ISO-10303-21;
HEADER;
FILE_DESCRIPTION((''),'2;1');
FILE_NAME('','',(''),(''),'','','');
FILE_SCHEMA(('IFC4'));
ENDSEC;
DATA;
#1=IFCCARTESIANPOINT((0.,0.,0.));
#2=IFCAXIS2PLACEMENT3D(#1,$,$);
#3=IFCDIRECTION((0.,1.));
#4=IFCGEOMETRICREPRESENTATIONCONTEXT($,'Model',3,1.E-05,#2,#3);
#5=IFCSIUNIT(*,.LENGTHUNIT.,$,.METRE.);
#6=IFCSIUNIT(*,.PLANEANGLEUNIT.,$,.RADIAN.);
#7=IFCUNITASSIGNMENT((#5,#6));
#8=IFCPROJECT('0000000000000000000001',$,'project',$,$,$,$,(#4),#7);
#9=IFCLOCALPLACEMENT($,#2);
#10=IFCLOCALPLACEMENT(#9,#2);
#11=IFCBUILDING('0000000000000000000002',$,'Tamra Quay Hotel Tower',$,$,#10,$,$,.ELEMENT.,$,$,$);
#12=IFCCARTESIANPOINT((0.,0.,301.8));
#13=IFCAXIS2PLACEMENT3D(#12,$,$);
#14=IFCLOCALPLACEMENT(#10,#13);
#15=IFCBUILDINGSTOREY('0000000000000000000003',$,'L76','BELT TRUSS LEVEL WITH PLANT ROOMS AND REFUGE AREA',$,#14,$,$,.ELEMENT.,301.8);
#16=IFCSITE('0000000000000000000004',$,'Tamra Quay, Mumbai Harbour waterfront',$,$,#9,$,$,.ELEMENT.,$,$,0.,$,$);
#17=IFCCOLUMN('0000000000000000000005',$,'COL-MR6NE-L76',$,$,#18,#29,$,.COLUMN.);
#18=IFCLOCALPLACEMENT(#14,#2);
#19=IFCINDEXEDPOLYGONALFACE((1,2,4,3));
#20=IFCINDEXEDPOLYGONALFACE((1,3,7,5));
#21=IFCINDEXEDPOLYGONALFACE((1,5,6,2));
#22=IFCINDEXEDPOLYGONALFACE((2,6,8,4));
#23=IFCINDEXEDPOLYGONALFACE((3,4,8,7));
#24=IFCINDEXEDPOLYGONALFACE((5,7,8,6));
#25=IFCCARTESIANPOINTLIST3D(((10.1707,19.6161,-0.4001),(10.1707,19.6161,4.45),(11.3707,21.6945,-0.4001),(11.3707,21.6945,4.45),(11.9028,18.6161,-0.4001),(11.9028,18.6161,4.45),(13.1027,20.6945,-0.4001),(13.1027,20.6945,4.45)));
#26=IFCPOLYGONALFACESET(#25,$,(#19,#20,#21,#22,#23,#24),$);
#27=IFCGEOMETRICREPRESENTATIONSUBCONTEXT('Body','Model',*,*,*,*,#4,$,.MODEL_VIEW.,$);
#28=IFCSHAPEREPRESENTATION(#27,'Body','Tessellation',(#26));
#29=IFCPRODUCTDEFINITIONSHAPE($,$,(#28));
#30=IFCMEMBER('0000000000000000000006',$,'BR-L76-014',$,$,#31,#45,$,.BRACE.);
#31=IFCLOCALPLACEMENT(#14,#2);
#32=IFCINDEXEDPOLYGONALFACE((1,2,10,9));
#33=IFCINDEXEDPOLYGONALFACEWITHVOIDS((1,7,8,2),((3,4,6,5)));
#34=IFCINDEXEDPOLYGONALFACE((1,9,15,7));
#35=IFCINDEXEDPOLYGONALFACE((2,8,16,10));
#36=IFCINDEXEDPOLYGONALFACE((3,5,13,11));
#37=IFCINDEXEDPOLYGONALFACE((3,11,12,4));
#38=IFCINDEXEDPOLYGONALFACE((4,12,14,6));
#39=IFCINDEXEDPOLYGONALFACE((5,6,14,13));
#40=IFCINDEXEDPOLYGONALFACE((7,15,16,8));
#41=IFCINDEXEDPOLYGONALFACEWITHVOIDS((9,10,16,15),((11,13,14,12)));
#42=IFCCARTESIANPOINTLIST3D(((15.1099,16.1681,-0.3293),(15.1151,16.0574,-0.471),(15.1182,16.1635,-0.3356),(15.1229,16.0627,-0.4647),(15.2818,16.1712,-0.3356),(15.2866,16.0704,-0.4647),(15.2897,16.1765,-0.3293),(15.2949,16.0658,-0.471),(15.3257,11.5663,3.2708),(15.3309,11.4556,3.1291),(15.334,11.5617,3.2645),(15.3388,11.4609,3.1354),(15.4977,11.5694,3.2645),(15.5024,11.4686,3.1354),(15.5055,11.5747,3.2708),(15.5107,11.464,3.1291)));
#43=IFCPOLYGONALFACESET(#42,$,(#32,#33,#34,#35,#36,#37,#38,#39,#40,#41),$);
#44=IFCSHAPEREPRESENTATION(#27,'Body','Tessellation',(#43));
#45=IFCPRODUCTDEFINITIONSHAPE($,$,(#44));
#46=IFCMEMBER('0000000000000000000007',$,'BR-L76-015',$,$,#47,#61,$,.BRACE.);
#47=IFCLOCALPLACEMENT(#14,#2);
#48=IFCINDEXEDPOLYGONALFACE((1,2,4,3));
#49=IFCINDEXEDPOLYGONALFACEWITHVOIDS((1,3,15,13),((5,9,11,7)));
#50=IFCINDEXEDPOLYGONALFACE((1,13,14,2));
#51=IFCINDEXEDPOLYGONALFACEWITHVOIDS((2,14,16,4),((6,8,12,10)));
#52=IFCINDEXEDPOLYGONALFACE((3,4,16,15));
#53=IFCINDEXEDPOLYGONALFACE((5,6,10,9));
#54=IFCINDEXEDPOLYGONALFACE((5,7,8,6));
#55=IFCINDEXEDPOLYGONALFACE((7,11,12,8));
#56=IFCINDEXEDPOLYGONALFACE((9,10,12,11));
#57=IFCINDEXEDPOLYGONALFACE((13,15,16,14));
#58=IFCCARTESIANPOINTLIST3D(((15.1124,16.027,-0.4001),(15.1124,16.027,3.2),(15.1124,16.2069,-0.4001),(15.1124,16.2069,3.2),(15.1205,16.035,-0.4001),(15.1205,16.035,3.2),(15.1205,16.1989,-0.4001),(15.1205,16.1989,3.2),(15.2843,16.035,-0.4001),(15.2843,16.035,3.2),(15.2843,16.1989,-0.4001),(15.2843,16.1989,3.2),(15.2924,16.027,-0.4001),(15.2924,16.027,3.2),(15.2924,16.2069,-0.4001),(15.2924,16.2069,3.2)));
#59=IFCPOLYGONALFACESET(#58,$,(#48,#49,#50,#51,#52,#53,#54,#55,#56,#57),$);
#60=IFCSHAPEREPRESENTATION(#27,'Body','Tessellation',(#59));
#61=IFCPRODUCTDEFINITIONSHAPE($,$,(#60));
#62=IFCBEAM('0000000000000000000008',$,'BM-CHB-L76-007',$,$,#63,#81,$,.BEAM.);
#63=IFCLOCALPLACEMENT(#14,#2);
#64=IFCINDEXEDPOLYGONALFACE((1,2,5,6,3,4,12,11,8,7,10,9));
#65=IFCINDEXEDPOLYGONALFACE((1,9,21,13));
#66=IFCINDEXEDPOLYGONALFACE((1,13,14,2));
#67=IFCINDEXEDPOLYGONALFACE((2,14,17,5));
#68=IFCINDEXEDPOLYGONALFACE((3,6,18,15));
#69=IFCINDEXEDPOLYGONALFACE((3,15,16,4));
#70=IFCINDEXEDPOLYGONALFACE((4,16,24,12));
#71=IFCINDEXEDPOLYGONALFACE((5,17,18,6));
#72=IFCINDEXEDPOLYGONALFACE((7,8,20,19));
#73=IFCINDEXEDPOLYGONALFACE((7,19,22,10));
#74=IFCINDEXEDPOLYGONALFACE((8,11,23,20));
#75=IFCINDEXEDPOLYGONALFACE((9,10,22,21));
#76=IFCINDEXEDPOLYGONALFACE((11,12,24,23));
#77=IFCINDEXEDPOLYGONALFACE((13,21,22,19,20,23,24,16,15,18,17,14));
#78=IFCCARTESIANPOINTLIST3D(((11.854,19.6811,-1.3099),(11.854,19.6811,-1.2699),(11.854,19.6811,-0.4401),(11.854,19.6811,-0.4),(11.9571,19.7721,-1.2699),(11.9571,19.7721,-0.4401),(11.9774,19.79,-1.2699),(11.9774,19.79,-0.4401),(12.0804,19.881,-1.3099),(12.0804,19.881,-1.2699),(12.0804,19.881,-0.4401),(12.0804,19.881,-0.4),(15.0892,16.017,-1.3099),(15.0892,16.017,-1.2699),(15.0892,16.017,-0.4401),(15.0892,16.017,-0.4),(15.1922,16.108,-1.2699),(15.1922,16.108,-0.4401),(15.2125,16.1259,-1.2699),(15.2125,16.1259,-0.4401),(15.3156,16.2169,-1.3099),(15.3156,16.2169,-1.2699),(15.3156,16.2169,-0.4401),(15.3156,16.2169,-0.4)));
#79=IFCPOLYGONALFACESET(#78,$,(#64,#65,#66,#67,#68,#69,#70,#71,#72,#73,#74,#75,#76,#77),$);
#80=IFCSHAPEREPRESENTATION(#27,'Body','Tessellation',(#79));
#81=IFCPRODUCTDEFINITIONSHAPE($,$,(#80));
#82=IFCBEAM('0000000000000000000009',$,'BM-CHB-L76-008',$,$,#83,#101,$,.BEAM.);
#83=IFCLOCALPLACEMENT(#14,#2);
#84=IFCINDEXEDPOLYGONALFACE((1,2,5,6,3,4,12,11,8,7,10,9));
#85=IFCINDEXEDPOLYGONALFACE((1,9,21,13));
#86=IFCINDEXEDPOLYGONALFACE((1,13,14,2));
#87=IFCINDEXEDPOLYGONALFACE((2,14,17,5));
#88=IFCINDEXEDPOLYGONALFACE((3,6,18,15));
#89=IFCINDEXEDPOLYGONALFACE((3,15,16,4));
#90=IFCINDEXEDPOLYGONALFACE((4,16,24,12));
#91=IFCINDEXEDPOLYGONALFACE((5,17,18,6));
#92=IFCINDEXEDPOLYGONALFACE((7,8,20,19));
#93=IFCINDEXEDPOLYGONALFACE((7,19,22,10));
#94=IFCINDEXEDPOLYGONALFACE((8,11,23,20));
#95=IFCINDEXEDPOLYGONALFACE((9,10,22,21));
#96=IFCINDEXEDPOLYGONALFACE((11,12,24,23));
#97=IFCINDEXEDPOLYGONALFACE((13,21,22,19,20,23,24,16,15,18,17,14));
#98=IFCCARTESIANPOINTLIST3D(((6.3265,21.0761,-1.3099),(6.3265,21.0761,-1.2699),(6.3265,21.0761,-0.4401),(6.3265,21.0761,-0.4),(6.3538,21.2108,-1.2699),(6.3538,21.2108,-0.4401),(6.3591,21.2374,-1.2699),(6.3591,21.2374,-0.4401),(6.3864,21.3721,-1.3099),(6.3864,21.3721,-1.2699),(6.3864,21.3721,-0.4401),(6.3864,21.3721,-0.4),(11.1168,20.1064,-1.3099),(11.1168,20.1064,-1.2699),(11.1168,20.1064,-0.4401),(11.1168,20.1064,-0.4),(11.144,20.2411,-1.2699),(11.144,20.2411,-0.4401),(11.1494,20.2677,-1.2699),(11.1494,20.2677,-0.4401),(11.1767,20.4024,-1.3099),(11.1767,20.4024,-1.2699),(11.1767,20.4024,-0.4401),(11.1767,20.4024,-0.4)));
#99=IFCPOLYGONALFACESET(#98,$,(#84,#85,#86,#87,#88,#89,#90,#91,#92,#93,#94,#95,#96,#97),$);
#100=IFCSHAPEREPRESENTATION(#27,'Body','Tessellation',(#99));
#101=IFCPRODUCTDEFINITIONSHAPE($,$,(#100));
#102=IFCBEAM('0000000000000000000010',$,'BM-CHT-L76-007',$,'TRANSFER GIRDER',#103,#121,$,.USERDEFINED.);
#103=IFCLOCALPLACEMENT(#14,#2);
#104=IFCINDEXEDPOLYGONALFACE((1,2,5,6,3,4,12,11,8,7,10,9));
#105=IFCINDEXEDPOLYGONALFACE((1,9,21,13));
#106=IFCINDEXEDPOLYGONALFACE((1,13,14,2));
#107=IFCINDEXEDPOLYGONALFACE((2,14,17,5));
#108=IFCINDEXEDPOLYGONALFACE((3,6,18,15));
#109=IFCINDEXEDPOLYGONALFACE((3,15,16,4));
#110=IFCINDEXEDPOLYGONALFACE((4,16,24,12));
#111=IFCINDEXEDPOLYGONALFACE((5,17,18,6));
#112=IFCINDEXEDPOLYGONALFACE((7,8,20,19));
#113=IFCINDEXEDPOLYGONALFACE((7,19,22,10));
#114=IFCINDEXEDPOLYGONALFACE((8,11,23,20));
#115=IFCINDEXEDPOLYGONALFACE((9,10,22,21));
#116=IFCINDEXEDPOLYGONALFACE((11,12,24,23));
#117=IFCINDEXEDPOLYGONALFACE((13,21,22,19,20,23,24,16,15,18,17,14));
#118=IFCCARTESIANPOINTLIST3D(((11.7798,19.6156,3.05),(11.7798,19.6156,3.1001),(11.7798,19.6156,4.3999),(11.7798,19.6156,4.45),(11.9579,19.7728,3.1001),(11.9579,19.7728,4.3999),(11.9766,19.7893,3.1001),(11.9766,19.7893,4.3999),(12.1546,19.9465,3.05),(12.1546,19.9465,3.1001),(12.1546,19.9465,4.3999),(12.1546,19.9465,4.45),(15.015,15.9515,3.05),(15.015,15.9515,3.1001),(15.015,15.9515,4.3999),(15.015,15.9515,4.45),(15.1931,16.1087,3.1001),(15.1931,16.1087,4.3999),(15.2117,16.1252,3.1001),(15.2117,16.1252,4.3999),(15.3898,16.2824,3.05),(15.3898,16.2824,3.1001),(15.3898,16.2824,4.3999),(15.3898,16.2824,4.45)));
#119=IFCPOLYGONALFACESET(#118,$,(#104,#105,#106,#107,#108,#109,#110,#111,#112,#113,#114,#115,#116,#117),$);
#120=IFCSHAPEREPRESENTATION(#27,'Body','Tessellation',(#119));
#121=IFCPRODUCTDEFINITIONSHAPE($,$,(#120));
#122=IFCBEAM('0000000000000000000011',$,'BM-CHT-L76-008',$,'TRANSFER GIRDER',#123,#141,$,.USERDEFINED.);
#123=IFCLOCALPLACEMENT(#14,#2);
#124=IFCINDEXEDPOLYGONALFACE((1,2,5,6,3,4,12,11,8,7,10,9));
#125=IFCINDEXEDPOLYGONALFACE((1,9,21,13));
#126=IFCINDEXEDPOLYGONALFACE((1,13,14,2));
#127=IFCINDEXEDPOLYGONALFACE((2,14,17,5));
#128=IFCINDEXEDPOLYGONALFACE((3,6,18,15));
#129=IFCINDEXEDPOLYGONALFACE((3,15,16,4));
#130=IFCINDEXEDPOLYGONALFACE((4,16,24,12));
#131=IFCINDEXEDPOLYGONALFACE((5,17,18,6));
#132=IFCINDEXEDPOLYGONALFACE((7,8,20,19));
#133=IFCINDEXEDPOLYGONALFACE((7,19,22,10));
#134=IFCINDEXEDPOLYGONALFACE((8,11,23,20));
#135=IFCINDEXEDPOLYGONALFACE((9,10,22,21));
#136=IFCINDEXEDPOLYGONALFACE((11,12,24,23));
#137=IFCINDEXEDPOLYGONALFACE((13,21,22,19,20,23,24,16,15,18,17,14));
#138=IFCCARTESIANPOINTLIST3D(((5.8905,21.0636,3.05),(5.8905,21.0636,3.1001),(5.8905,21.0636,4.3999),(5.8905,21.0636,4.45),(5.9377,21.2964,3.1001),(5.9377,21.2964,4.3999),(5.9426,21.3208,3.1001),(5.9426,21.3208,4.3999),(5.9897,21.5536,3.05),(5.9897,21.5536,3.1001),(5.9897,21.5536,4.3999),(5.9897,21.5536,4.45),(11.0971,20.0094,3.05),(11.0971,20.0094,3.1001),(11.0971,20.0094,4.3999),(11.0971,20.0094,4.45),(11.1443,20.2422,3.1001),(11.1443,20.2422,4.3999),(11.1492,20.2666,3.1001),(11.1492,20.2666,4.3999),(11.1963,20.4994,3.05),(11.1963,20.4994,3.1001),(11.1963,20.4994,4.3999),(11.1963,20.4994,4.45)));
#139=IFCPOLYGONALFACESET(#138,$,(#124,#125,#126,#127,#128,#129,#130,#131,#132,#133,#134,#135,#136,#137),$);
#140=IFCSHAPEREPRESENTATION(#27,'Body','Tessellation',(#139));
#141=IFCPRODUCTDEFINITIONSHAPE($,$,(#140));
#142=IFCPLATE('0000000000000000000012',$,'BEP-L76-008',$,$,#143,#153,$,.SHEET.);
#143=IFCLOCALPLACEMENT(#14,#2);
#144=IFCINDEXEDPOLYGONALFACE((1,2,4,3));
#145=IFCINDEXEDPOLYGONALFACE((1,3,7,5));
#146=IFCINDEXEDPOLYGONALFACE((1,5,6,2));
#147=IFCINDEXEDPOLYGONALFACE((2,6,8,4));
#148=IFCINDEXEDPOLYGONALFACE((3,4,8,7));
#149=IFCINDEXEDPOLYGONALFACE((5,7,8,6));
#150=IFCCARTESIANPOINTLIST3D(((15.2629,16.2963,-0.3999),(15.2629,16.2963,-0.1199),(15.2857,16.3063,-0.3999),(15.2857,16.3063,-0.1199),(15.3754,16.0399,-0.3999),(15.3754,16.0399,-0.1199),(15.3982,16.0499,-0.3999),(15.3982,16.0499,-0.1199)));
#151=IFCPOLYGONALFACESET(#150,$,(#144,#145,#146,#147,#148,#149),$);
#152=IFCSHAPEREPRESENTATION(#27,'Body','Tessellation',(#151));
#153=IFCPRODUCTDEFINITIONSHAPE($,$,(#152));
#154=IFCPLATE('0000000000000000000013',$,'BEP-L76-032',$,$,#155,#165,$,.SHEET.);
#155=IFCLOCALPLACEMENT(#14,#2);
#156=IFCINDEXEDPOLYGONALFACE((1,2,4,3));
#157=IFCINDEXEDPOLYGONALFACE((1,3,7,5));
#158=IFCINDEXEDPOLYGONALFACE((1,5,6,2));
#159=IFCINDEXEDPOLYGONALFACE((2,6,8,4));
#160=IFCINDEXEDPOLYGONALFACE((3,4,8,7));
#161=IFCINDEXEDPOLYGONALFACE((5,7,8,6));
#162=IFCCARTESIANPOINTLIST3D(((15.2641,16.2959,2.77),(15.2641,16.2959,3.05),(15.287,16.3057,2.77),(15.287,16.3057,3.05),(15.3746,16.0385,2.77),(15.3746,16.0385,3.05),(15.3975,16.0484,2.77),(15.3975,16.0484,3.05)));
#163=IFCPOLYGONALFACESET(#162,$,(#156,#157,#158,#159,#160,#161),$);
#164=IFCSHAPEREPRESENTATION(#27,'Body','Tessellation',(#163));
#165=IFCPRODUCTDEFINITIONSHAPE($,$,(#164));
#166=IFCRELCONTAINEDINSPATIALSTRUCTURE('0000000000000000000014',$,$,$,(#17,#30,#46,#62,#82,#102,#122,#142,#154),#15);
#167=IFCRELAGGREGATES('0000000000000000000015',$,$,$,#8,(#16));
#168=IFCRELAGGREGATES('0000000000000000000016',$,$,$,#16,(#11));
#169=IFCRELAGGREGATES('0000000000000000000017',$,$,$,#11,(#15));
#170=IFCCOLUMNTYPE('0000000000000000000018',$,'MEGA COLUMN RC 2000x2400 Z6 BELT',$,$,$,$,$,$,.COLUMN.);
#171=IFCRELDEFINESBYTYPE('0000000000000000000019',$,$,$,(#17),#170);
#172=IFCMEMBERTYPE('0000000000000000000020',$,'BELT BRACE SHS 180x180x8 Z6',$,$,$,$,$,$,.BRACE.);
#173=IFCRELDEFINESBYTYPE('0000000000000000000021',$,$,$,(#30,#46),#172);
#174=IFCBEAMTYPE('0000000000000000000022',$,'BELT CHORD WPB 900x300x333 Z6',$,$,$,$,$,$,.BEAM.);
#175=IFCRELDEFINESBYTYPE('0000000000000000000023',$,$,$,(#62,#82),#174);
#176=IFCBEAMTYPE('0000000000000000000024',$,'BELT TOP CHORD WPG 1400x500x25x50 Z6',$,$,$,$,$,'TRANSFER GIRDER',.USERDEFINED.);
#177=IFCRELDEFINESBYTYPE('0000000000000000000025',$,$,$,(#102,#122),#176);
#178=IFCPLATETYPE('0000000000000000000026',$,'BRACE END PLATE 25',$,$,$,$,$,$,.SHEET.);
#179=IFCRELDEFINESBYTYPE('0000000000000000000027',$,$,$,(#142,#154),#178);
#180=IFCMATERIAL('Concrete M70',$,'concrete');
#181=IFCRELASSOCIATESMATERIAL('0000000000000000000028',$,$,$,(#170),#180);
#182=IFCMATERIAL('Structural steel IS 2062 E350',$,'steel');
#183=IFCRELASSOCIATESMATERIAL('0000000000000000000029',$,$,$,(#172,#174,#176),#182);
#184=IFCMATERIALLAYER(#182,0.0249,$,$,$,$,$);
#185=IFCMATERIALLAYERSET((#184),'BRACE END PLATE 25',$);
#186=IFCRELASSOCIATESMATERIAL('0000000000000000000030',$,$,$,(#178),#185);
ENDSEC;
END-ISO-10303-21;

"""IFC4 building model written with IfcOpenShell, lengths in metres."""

from ifc_helpers import new_model, si_unit, direction, frame, origin, origin_2d, place, context, subcontext, project, spatial, rectangle, hollow_rectangle, i_section, extrude, material, layer, layer_set, material_profile, profile_set, type_object, element, save


model = new_model("IFC4")

# Units and contexts
model_context = context("Model", 3, precision=1e-05, world=origin(), true_north=direction((0.0, 1.0)))
body_context = subcontext(model_context, "Body", "Model", "MODEL_VIEW")
ifc_project = project(units=[si_unit("LENGTHUNIT", "METRE"), si_unit("PLANEANGLEUNIT", "RADIAN")], contexts=[model_context])

# Site, building, storey
site_placement = place(None, origin())
site = spatial("IfcSite", under=ifc_project, at=site_placement, Name="Tamra Quay, Mumbai Harbour waterfront", CompositionType="ELEMENT", RefElevation=0.0)
building_placement = place(site_placement, origin())
building = spatial("IfcBuilding", under=site, at=building_placement, Name="Tamra Quay Hotel Tower", CompositionType="ELEMENT")
storey_placement = place(building_placement, frame((0.0, 0.0, 301.8)))
storey = spatial("IfcBuildingStorey", under=building, at=storey_placement, Name="L76", Description="BELT TRUSS LEVEL WITH PLANT ROOMS AND REFUGE AREA", CompositionType="ELEMENT", Elevation=301.8)

# Column
ifc_material_1 = material(Name="Concrete M70", Category="concrete")
ifc_material_profile_1 = material_profile(ifc_material_1, rectangle(XDim=2.3999, YDim=2.0, at=origin_2d()), Name="MEGA COLUMN RC 2000x2400 Z6 BELT")
ifc_profile_set_1 = profile_set([ifc_material_profile_1], Name="Concrete M70")
column_type = type_object("IfcColumnType", Name="MEGA COLUMN RC 2000x2400 Z6 BELT", PredefinedType="COLUMN", material=ifc_profile_set_1)
column_placement = place(storey_placement, frame((11.6367, 20.1553, -0.4001), z_axis=(0.0, 0.0, 1.0), x_axis=(0.5, 0.866025, 0.0)))
element("IfcColumn", 1, at=column_placement, inside=storey, type_object=column_type, Name="COL-MR6NE-L76", PredefinedType="COLUMN", context=body_context, shape_type="SweptSolid", body=[
    extrude(rectangle(XDim=2.3999, YDim=2.0, at=origin_2d()), origin(), (0.0, 0.0, 1.0), 4.8501),
])

# Members
ifc_material_2 = material(Name="Structural steel IS 2062 E350", Category="steel")
ifc_material_profile_2 = material_profile(ifc_material_2, hollow_rectangle(XDim=0.1799, YDim=0.1799, WallThickness=0.0081, at=origin_2d()), Name="SHS 180x180x8")
ifc_profile_set_2 = profile_set([ifc_material_profile_2], Name="Structural steel IS 2062 E350")
member_type = type_object("IfcMemberType", Name="BELT BRACE SHS 180x180x8 Z6", PredefinedType="BRACE", material=ifc_profile_set_2)
member_1_placement = place(storey_placement, frame((15.2024, 16.1169, -0.4001), z_axis=(0.036913, -0.787078, 0.615749), x_axis=(0.998902, 0.046848, 0.0)))
element("IfcMember", 2, at=member_1_placement, inside=storey, type_object=member_type, Name="BR-L76-014", PredefinedType="BRACE", context=body_context, shape_type="SweptSolid", body=[
    extrude(hollow_rectangle(XDim=0.1799, YDim=0.1799, WallThickness=0.0081, at=origin_2d()), origin(), (0.0, 0.0, 1.0), 5.8467),
])
member_2_placement = place(storey_placement, frame((15.2024, 16.1169, -0.4001), z_axis=(0.0, 0.0, 1.0), x_axis=(1.0, 0.0, 0.0)))
element("IfcMember", 3, at=member_2_placement, inside=storey, type_object=member_type, Name="BR-L76-015", PredefinedType="BRACE", context=body_context, shape_type="SweptSolid", body=[
    extrude(hollow_rectangle(XDim=0.1799, YDim=0.1799, WallThickness=0.0081, at=origin_2d()), origin(), (0.0, 0.0, 1.0), 3.6001),
])

# Beams
ifc_material_profile_3 = material_profile(ifc_material_2, i_section(OverallWidth=0.302, OverallDepth=0.9099, WebThickness=0.0271, FlangeThickness=0.04, at=origin_2d()), Name="WPB 900x300x333")
ifc_profile_set_3 = profile_set([ifc_material_profile_3], Name="Structural steel IS 2062 E350")
beam_type_1 = type_object("IfcBeamType", Name="BELT CHORD WPB 900x300x333 Z6", PredefinedType="BEAM", material=ifc_profile_set_3)
beam_1_placement = place(storey_placement, frame((15.2024, 16.1169, -0.855), z_axis=(-0.661864, 0.749624, 0.0), x_axis=(-0.749624, -0.661864, 0.0)))
element("IfcBeam", 4, at=beam_1_placement, inside=storey, type_object=beam_type_1, Name="BM-CHB-L76-007", PredefinedType="BEAM", context=body_context, shape_type="SweptSolid", body=[
    extrude(i_section(OverallWidth=0.302, OverallDepth=0.9099, WebThickness=0.0271, FlangeThickness=0.04, at=origin_2d()), origin(), (0.0, 0.0, 1.0), 4.8879),
])
beam_2_placement = place(storey_placement, frame((11.1467, 20.2544, -0.855), z_axis=(-0.980119, 0.198411, 0.0), x_axis=(-0.198411, -0.980119, 0.0)))
element("IfcBeam", 5, at=beam_2_placement, inside=storey, type_object=beam_type_1, Name="BM-CHB-L76-008", PredefinedType="BEAM", context=body_context, shape_type="SweptSolid", body=[
    extrude(i_section(OverallWidth=0.302, OverallDepth=0.9099, WebThickness=0.0271, FlangeThickness=0.04, at=origin_2d()), origin(), (0.0, 0.0, 1.0), 4.8875),
])
ifc_material_profile_4 = material_profile(ifc_material_2, i_section(OverallWidth=0.5, OverallDepth=1.3999, WebThickness=0.0249, FlangeThickness=0.05, at=origin_2d()), Name="WPG 1400x500x25x50")
ifc_profile_set_4 = profile_set([ifc_material_profile_4], Name="Structural steel IS 2062 E350")
beam_type_2 = type_object("IfcBeamType", Name="BELT TOP CHORD WPG 1400x500x25x50 Z6", ElementType="TRANSFER GIRDER", PredefinedType="USERDEFINED", material=ifc_profile_set_4)
beam_3_placement = place(storey_placement, frame((15.2024, 16.1169, 3.75), z_axis=(-0.661864, 0.749624, 0.0), x_axis=(-0.749624, -0.661864, 0.0)))
element("IfcBeam", 6, at=beam_3_placement, inside=storey, type_object=beam_type_2, Name="BM-CHT-L76-007", ObjectType="TRANSFER GIRDER", PredefinedType="USERDEFINED", context=body_context, shape_type="SweptSolid", body=[
    extrude(i_section(OverallWidth=0.5, OverallDepth=1.3999, WebThickness=0.0249, FlangeThickness=0.05, at=origin_2d()), origin(), (0.0, 0.0, 1.0), 4.8879),
])
beam_4_placement = place(storey_placement, frame((11.1467, 20.2544, 3.75), z_axis=(-0.980111, 0.198449, 0.0), x_axis=(-0.198449, -0.980111, 0.0)))
element("IfcBeam", 7, at=beam_4_placement, inside=storey, type_object=beam_type_2, Name="BM-CHT-L76-008", ObjectType="TRANSFER GIRDER", PredefinedType="USERDEFINED", context=body_context, shape_type="SweptSolid", body=[
    extrude(i_section(OverallWidth=0.5, OverallDepth=1.3999, WebThickness=0.0249, FlangeThickness=0.05, at=origin_2d()), origin(), (0.0, 0.0, 1.0), 5.3123),
])

# Plates
ifc_layer_1 = layer(ifc_material_2, 0.0249)
ifc_layer_set_1 = layer_set([ifc_layer_1], Name="BRACE END PLATE 25")
plate_type = type_object("IfcPlateType", Name="BRACE END PLATE 25", PredefinedType="SHEET", material=ifc_layer_set_1)
for number, where, z_axis, x_axis, name in (
    (8, (15.3306, 16.1731, -0.3999), (0.0, 0.0, 1.0), (0.915777, 0.401687, 0.0), "BEP-L76-008"),
    (9, (15.3308, 16.1721, 2.77), (0.0, 0.0, 1.0), (0.918883, 0.394531, 0.0), "BEP-L76-032"),
):
    element("IfcPlate", number, at=place(storey_placement, frame(where, z_axis=z_axis, x_axis=x_axis)), inside=storey, type_object=plate_type, Name=name, PredefinedType="SHEET", context=body_context, shape_type="SweptSolid", body=[
        extrude(rectangle(XDim=0.0249, YDim=0.28, at=origin_2d()), origin(), (0.0, 0.0, 1.0), 0.28),
    ])

save(model, "model.ifc")
